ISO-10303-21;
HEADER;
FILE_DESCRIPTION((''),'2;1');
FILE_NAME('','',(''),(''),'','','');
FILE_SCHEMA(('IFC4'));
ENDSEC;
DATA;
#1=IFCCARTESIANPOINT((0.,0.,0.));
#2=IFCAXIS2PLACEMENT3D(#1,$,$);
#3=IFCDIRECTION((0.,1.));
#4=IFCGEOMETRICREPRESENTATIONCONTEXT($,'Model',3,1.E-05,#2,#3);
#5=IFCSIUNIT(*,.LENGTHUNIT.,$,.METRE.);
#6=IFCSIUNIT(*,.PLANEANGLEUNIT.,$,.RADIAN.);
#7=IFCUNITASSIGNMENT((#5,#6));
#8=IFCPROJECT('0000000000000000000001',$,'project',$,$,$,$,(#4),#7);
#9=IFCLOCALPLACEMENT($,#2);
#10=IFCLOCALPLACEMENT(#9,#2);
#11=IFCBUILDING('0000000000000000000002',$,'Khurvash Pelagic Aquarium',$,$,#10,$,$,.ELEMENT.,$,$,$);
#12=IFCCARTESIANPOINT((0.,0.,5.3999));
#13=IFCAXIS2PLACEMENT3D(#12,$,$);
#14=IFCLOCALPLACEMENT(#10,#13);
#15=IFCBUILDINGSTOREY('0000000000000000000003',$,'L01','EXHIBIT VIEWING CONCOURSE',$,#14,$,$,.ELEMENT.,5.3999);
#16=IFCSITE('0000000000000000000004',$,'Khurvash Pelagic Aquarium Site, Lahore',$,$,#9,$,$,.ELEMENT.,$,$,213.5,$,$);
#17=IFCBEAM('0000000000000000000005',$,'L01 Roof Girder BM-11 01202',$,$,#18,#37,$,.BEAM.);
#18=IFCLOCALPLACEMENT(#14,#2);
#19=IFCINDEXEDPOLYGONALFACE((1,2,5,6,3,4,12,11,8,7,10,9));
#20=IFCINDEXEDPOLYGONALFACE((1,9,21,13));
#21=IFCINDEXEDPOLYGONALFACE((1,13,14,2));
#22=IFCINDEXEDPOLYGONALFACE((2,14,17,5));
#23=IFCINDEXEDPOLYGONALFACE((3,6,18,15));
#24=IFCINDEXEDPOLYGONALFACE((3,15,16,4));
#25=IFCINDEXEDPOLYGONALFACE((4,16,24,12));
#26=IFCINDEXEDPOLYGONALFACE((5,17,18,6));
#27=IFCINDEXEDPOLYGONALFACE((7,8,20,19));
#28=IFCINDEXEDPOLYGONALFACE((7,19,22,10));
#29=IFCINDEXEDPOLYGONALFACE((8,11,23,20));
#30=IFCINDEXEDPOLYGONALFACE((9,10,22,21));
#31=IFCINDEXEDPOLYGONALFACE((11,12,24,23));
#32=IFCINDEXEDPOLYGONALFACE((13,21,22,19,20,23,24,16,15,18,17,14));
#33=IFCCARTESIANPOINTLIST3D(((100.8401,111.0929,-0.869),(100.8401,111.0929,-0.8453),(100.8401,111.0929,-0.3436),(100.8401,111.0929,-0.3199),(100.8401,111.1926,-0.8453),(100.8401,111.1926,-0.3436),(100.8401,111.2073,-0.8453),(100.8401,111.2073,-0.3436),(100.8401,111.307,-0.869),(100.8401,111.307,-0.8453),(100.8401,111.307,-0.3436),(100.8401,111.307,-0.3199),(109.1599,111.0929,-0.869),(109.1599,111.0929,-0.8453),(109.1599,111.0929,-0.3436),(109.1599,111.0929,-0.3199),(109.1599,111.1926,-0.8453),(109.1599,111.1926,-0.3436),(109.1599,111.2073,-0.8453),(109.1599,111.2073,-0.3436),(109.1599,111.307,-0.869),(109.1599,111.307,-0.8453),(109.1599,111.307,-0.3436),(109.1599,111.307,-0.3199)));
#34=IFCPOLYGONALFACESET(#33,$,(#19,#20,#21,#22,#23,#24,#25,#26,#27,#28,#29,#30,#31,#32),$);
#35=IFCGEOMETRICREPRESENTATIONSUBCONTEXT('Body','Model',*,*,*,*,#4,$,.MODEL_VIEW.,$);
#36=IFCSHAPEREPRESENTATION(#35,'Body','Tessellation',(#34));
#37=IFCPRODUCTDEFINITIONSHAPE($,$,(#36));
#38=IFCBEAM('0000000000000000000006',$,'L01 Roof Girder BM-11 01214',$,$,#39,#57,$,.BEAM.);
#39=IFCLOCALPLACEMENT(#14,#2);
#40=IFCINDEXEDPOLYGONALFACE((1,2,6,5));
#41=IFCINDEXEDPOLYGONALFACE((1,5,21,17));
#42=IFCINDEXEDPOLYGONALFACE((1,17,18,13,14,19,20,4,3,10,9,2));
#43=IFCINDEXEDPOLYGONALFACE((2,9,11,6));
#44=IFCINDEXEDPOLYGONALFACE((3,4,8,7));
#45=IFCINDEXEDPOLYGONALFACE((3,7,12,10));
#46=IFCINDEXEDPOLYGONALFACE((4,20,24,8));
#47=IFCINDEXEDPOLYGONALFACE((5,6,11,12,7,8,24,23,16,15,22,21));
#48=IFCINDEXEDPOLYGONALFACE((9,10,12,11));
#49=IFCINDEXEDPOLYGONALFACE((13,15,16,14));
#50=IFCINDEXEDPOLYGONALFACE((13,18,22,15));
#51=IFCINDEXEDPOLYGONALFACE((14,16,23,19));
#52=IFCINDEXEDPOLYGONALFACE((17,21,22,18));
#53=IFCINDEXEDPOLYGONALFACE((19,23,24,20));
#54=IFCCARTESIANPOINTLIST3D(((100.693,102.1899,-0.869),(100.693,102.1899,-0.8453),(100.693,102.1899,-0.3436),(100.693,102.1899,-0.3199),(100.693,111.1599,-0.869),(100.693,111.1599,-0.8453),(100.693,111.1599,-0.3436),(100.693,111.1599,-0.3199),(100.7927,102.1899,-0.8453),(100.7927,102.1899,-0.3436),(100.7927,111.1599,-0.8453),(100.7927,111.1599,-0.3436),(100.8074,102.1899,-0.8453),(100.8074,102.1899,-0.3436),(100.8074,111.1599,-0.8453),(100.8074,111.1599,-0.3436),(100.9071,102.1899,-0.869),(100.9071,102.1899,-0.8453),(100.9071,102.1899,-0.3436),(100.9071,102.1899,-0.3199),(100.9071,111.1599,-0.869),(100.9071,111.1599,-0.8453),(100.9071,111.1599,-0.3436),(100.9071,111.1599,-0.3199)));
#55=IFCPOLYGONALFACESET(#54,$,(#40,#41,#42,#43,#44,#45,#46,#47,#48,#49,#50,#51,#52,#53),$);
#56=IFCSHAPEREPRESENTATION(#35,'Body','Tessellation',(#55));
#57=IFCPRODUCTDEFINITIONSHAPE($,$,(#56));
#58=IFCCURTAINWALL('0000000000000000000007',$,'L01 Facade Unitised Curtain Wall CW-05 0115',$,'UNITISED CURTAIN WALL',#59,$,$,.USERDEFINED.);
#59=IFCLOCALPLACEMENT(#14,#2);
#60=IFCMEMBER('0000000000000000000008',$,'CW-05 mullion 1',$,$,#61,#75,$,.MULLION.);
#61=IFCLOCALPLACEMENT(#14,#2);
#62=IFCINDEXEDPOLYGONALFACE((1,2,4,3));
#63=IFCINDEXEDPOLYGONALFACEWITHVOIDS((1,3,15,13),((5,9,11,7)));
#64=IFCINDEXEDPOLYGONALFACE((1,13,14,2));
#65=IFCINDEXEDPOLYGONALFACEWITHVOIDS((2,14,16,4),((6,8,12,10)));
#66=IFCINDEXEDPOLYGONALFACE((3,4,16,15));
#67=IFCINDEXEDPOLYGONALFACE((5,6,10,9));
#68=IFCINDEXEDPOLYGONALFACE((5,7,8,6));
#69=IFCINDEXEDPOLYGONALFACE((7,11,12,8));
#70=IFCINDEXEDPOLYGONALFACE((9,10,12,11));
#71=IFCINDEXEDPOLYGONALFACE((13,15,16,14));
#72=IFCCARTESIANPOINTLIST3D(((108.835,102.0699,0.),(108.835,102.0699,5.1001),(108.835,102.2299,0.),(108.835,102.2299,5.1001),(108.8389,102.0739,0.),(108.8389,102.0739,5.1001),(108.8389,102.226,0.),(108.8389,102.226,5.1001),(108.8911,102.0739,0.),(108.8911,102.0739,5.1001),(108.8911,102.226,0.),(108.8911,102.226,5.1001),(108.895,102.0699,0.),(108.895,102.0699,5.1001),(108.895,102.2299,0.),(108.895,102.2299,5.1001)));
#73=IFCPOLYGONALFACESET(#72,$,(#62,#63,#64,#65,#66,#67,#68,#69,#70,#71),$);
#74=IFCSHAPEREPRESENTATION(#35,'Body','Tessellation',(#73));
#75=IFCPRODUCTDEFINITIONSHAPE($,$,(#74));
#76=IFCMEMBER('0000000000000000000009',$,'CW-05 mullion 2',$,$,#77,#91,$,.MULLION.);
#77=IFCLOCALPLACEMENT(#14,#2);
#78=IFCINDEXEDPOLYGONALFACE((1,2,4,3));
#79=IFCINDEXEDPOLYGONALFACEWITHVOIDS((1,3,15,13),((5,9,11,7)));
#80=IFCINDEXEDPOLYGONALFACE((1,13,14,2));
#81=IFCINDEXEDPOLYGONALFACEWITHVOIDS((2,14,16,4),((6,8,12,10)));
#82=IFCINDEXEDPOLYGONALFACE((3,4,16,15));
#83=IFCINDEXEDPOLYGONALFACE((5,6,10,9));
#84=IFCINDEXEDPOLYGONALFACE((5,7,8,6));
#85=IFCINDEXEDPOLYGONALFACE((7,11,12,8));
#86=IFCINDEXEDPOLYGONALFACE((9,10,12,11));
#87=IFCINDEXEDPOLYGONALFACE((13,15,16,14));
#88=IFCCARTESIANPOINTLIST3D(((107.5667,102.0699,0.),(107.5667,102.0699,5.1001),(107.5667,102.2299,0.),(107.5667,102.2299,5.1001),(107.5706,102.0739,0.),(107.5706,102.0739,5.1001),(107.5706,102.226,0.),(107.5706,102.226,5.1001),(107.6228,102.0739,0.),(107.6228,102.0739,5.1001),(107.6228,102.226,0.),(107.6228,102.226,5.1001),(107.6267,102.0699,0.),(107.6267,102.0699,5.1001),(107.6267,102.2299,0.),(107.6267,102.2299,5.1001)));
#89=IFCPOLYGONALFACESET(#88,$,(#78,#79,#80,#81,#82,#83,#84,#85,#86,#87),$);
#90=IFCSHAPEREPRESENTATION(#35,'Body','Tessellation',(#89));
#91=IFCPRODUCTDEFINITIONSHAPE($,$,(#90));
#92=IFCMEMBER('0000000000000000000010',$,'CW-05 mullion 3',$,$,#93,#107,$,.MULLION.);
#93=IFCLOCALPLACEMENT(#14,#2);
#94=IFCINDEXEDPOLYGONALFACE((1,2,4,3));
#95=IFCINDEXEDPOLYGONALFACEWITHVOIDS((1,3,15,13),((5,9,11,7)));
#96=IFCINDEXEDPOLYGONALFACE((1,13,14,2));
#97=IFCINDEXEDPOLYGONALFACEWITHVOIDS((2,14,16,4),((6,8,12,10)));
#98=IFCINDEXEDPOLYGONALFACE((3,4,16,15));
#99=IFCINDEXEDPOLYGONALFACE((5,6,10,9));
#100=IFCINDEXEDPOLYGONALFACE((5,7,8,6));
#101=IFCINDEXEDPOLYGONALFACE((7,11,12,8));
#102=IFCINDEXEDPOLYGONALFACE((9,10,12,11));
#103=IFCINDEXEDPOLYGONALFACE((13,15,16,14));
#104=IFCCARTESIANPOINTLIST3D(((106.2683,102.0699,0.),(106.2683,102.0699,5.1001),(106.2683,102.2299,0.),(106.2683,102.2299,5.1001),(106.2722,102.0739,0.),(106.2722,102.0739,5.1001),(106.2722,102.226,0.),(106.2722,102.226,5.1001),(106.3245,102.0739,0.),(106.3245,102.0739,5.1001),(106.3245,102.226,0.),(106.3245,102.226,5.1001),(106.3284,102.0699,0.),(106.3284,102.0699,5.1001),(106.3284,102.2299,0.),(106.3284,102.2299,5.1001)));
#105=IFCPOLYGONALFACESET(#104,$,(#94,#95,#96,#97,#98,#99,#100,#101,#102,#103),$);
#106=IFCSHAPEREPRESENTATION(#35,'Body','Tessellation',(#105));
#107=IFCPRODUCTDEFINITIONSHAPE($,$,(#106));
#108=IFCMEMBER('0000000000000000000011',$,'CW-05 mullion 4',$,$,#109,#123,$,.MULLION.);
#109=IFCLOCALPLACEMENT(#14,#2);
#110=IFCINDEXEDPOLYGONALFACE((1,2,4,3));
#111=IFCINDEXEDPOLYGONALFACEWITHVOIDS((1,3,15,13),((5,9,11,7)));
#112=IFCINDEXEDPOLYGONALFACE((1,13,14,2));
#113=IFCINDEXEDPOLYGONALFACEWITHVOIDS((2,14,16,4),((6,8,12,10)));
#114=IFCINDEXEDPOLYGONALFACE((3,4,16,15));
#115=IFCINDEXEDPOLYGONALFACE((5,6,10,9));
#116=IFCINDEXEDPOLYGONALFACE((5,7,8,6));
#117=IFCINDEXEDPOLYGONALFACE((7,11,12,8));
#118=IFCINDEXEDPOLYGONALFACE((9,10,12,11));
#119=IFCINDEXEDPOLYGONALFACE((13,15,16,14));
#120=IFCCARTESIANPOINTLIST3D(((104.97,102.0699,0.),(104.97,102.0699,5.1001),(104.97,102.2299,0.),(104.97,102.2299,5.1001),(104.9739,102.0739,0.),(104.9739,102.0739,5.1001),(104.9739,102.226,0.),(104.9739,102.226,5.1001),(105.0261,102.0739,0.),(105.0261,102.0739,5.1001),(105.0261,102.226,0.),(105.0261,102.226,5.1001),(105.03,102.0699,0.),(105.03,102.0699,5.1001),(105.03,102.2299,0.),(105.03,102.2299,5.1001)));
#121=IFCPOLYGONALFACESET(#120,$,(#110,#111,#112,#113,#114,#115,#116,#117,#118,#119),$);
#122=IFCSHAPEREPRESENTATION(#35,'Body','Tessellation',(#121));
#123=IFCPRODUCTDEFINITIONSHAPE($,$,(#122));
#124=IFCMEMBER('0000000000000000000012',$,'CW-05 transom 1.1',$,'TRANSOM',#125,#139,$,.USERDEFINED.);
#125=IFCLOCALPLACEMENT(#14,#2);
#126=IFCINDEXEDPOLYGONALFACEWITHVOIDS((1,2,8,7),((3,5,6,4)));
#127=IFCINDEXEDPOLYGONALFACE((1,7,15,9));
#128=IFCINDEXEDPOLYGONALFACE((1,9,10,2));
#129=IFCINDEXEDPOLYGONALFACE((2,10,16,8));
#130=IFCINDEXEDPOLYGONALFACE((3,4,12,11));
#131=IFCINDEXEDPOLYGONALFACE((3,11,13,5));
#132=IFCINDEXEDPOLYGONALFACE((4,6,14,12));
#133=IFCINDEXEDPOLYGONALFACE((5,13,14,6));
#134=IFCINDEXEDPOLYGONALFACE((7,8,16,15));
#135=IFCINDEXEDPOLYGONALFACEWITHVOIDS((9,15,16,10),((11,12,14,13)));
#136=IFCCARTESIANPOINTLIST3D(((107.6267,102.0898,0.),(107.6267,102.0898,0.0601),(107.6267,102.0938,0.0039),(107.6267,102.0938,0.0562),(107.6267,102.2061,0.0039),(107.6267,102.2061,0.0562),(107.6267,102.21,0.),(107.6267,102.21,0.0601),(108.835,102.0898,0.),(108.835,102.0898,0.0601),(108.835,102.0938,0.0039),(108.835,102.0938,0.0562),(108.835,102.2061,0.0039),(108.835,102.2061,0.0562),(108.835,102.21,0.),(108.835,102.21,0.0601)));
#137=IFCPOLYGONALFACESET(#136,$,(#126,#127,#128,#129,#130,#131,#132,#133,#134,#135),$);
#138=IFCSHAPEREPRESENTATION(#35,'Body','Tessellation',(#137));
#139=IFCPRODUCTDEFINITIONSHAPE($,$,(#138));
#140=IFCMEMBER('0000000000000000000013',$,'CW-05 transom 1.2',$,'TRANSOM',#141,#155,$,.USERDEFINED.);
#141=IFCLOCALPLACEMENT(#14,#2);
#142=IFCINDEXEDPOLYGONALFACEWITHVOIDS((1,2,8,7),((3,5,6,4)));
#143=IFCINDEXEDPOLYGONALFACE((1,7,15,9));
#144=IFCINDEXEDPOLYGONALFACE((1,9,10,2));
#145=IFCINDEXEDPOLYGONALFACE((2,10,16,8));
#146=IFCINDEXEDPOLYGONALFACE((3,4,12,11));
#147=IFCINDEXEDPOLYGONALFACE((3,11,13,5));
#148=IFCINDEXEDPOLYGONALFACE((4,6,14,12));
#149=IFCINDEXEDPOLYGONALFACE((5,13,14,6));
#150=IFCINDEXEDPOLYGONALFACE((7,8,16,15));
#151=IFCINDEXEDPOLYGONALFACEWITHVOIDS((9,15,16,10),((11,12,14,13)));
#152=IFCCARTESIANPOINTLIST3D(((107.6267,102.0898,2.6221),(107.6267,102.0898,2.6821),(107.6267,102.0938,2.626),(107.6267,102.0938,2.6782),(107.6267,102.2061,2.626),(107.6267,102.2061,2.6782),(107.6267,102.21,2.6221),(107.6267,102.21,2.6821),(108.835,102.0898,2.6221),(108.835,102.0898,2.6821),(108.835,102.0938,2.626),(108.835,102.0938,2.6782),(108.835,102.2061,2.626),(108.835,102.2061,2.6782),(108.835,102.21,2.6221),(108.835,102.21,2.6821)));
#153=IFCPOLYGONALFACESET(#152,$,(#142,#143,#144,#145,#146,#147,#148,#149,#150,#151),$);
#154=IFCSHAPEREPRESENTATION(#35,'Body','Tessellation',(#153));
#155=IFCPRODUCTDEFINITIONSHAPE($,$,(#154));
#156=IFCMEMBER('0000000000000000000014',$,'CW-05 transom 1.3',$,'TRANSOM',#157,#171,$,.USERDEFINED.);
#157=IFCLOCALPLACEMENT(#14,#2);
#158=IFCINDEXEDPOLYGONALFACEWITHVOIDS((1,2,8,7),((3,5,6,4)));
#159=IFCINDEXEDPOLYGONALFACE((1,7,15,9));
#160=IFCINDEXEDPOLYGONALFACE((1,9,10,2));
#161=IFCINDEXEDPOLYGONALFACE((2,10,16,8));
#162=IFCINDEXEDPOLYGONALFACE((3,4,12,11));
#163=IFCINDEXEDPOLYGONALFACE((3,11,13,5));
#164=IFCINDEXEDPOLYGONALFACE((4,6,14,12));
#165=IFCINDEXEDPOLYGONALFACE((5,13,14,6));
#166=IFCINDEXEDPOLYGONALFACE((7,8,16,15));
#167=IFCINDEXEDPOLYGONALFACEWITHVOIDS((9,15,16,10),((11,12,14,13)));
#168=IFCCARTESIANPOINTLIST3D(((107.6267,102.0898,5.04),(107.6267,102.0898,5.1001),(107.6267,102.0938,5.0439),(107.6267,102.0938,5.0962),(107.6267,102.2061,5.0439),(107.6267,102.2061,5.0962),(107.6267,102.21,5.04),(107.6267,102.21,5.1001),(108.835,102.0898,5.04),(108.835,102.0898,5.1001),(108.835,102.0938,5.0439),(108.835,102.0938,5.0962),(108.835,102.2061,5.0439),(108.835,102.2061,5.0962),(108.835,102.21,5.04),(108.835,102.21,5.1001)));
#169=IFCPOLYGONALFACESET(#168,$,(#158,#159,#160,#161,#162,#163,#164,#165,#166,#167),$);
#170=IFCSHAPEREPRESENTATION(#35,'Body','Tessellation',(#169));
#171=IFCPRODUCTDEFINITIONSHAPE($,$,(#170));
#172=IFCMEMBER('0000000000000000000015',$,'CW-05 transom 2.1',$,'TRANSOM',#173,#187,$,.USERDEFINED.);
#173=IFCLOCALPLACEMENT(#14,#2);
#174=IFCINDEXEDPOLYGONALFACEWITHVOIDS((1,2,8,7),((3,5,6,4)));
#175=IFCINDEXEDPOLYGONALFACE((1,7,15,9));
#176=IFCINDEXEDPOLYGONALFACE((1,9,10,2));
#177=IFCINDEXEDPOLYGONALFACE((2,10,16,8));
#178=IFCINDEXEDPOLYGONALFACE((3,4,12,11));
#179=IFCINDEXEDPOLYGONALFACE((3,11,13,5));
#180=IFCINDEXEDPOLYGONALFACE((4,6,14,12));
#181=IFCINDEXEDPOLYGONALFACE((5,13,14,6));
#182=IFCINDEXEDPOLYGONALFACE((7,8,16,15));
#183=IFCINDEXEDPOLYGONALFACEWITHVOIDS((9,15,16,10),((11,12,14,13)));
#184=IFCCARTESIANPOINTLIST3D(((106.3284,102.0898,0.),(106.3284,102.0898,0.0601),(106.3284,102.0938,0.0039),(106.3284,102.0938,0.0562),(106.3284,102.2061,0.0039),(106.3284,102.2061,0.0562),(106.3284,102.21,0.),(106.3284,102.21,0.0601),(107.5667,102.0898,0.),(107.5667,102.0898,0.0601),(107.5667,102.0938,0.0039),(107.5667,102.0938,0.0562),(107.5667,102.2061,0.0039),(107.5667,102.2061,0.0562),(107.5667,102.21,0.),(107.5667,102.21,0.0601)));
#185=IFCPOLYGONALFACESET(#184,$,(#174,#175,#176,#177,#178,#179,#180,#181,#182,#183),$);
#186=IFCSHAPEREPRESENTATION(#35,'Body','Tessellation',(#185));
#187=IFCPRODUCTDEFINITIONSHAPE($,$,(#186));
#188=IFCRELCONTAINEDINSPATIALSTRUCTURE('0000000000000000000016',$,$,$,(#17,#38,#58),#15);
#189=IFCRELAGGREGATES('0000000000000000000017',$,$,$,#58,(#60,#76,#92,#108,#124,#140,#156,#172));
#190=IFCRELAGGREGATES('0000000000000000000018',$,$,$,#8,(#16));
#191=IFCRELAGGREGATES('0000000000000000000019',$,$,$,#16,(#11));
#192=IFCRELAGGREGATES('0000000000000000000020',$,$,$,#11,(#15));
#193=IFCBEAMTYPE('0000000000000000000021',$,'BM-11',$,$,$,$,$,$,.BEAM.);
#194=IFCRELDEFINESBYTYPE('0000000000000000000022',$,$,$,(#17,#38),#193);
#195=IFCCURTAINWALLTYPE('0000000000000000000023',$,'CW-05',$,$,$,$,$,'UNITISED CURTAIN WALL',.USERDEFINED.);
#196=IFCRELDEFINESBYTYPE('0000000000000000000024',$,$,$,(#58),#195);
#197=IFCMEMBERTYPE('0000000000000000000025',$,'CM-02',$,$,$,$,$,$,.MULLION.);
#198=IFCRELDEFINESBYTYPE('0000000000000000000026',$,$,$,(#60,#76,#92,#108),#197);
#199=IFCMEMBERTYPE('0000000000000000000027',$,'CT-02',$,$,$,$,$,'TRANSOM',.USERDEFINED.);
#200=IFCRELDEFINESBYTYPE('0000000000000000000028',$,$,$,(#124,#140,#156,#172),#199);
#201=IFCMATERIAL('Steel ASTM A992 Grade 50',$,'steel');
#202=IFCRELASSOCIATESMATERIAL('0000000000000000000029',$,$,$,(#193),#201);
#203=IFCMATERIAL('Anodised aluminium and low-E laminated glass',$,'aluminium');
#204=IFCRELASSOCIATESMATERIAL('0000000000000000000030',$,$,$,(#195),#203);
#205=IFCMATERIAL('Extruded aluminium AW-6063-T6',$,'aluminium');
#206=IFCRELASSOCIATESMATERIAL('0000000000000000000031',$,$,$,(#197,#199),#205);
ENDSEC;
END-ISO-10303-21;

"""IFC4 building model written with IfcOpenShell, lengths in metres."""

from ifc_helpers import new_model, si_unit, direction, frame, origin, origin_2d, place, context, subcontext, project, spatial, hollow_rectangle, i_section, extrude, material, material_profile, profile_set, type_object, element, aggregate, save


model = new_model("IFC4")

# Units and contexts
model_context = context("Model", 3, precision=1e-05, world=origin(), true_north=direction((0.0, 1.0)))
body_context = subcontext(model_context, "Body", "Model", "MODEL_VIEW")
ifc_project = project(units=[si_unit("LENGTHUNIT", "METRE"), si_unit("PLANEANGLEUNIT", "RADIAN")], contexts=[model_context])

# Site, building, storey
site_placement = place(None, origin())
site = spatial("IfcSite", under=ifc_project, at=site_placement, Name="Khurvash Pelagic Aquarium Site, Lahore", CompositionType="ELEMENT", RefElevation=213.5)
building_placement = place(site_placement, origin())
building = spatial("IfcBuilding", under=site, at=building_placement, Name="Khurvash Pelagic Aquarium", CompositionType="ELEMENT")
storey_placement = place(building_placement, frame((0.0, 0.0, 5.3999)))
storey = spatial("IfcBuildingStorey", under=building, at=storey_placement, Name="L01", Description="EXHIBIT VIEWING CONCOURSE", CompositionType="ELEMENT", Elevation=5.3999)

# Beams
ifc_material_1 = material(Name="Steel ASTM A992 Grade 50", Category="steel")
ifc_material_profile_1 = material_profile(ifc_material_1, i_section(OverallWidth=0.2141, OverallDepth=0.5491, WebThickness=0.0146, FlangeThickness=0.0237, at=origin_2d()), Name="W21X93")
ifc_profile_set_1 = profile_set([ifc_material_profile_1], Name="Steel ASTM A992 Grade 50")
beam_type = type_object("IfcBeamType", Name="BM-11", PredefinedType="BEAM", material=ifc_profile_set_1)
beam_1_placement = place(storey_placement, frame((100.8401, 111.2, -0.5945), z_axis=(1.0, 0.0, 0.0), x_axis=(0.0, 1.0, 0.0)))
element("IfcBeam", 1, at=beam_1_placement, inside=storey, type_object=beam_type, Name="L01 Roof Girder BM-11 01202", PredefinedType="BEAM", context=body_context, shape_type="SweptSolid", body=[
    extrude(i_section(OverallWidth=0.2141, OverallDepth=0.5491, WebThickness=0.0146, FlangeThickness=0.0237, at=origin_2d()), origin(), (0.0, 0.0, 1.0), 8.3198),
])
beam_2_placement = place(storey_placement, frame((100.8, 102.1899, -0.5945), z_axis=(0.0, 1.0, 0.0), x_axis=(-1.0, 0.0, 0.0)))
element("IfcBeam", 2, at=beam_2_placement, inside=storey, type_object=beam_type, Name="L01 Roof Girder BM-11 01214", PredefinedType="BEAM", context=body_context, shape_type="SweptSolid", body=[
    extrude(i_section(OverallWidth=0.2141, OverallDepth=0.5491, WebThickness=0.0146, FlangeThickness=0.0237, at=origin_2d()), origin(), (0.0, 0.0, 1.0), 8.97),
])

# Curtain wall, members
ifc_material_2 = material(Name="Anodised aluminium and low-E laminated glass", Category="aluminium")
curtain_wall_type = type_object("IfcCurtainWallType", Name="CW-05", ElementType="UNITISED CURTAIN WALL", PredefinedType="USERDEFINED", material=ifc_material_2)
curtain_wall_placement = place(storey_placement, origin())
curtain_wall = element("IfcCurtainWall", 3, at=curtain_wall_placement, inside=storey, type_object=curtain_wall_type, Name="L01 Facade Unitised Curtain Wall CW-05 0115", ObjectType="UNITISED CURTAIN WALL", PredefinedType="USERDEFINED")
ifc_material_3 = material(Name="Extruded aluminium AW-6063-T6", Category="aluminium")
ifc_material_profile_2 = material_profile(ifc_material_3, hollow_rectangle(XDim=0.0601, YDim=0.1599, WallThickness=0.0039, at=origin_2d()), Name="CWM60X160X4")
ifc_profile_set_2 = profile_set([ifc_material_profile_2], Name="Extruded aluminium AW-6063-T6")
member_type_1 = type_object("IfcMemberType", Name="CM-02", PredefinedType="MULLION", material=ifc_profile_set_2)
member_1_placement = place(storey_placement, frame((108.865, 102.1499, 0.0), z_axis=(0.0, 0.0, 1.0), x_axis=(-1.0, 0.0, 0.0)))
member_1 = element("IfcMember", 4, at=member_1_placement, type_object=member_type_1, Name="CW-05 mullion 1", PredefinedType="MULLION", context=body_context, shape_type="SweptSolid", body=[
    extrude(hollow_rectangle(XDim=0.0601, YDim=0.1599, WallThickness=0.0039, at=origin_2d()), origin(), (0.0, 0.0, 1.0), 5.1001),
])
member_2_placement = place(storey_placement, frame((107.5967, 102.1499, 0.0), z_axis=(0.0, 0.0, 1.0), x_axis=(-1.0, 0.0, 0.0)))
member_2 = element("IfcMember", 5, at=member_2_placement, type_object=member_type_1, Name="CW-05 mullion 2", PredefinedType="MULLION", context=body_context, shape_type="SweptSolid", body=[
    extrude(hollow_rectangle(XDim=0.0601, YDim=0.1599, WallThickness=0.0039, at=origin_2d()), origin(), (0.0, 0.0, 1.0), 5.1001),
])
member_3_placement = place(storey_placement, frame((106.2983, 102.1499, 0.0), z_axis=(0.0, 0.0, 1.0), x_axis=(-1.0, 0.0, 0.0)))
member_3 = element("IfcMember", 6, at=member_3_placement, type_object=member_type_1, Name="CW-05 mullion 3", PredefinedType="MULLION", context=body_context, shape_type="SweptSolid", body=[
    extrude(hollow_rectangle(XDim=0.0601, YDim=0.1599, WallThickness=0.0039, at=origin_2d()), origin(), (0.0, 0.0, 1.0), 5.1001),
])
member_4_placement = place(storey_placement, frame((105.0, 102.1499, 0.0), z_axis=(0.0, 0.0, 1.0), x_axis=(-1.0, 0.0, 0.0)))
member_4 = element("IfcMember", 7, at=member_4_placement, type_object=member_type_1, Name="CW-05 mullion 4", PredefinedType="MULLION", context=body_context, shape_type="SweptSolid", body=[
    extrude(hollow_rectangle(XDim=0.0601, YDim=0.1599, WallThickness=0.0039, at=origin_2d()), origin(), (0.0, 0.0, 1.0), 5.1001),
])
ifc_material_profile_3 = material_profile(ifc_material_3, hollow_rectangle(XDim=0.1201, YDim=0.0601, WallThickness=0.0039, at=origin_2d()), Name="CWT120X60X4")
ifc_profile_set_3 = profile_set([ifc_material_profile_3], Name="Extruded aluminium AW-6063-T6")
member_type_2 = type_object("IfcMemberType", Name="CT-02", ElementType="TRANSOM", PredefinedType="USERDEFINED", material=ifc_profile_set_3)
member_5_placement = place(storey_placement, frame((108.835, 102.1499, 0.03), z_axis=(-1.0, 0.0, 0.0), x_axis=(0.0, -1.0, 0.0)))
member_5 = element("IfcMember", 8, at=member_5_placement, type_object=member_type_2, Name="CW-05 transom 1.1", ObjectType="TRANSOM", PredefinedType="USERDEFINED", context=body_context, shape_type="SweptSolid", body=[
    extrude(hollow_rectangle(XDim=0.1201, YDim=0.0601, WallThickness=0.0039, at=origin_2d()), origin(), (0.0, 0.0, 1.0), 1.2083),
])
member_6_placement = place(storey_placement, frame((108.835, 102.1499, 2.6521), z_axis=(-1.0, 0.0, 0.0), x_axis=(0.0, -1.0, 0.0)))
member_6 = element("IfcMember", 9, at=member_6_placement, type_object=member_type_2, Name="CW-05 transom 1.2", ObjectType="TRANSOM", PredefinedType="USERDEFINED", context=body_context, shape_type="SweptSolid", body=[
    extrude(hollow_rectangle(XDim=0.1201, YDim=0.0601, WallThickness=0.0039, at=origin_2d()), origin(), (0.0, 0.0, 1.0), 1.2083),
])
member_7_placement = place(storey_placement, frame((108.835, 102.1499, 5.0701), z_axis=(-1.0, 0.0, 0.0), x_axis=(0.0, -1.0, 0.0)))
member_7 = element("IfcMember", 10, at=member_7_placement, type_object=member_type_2, Name="CW-05 transom 1.3", ObjectType="TRANSOM", PredefinedType="USERDEFINED", context=body_context, shape_type="SweptSolid", body=[
    extrude(hollow_rectangle(XDim=0.1201, YDim=0.0601, WallThickness=0.0039, at=origin_2d()), origin(), (0.0, 0.0, 1.0), 1.2083),
])
member_8_placement = place(storey_placement, frame((107.5667, 102.1499, 0.03), z_axis=(-1.0, 0.0, 0.0), x_axis=(0.0, -1.0, 0.0)))
member_8 = element("IfcMember", 11, at=member_8_placement, type_object=member_type_2, Name="CW-05 transom 2.1", ObjectType="TRANSOM", PredefinedType="USERDEFINED", context=body_context, shape_type="SweptSolid", body=[
    extrude(hollow_rectangle(XDim=0.1201, YDim=0.0601, WallThickness=0.0039, at=origin_2d()), origin(), (0.0, 0.0, 1.0), 1.2383),
])
aggregate(curtain_wall, [member_1, member_2, member_3, member_4, member_5, member_6, member_7, member_8])

save(model, "model.ifc")
